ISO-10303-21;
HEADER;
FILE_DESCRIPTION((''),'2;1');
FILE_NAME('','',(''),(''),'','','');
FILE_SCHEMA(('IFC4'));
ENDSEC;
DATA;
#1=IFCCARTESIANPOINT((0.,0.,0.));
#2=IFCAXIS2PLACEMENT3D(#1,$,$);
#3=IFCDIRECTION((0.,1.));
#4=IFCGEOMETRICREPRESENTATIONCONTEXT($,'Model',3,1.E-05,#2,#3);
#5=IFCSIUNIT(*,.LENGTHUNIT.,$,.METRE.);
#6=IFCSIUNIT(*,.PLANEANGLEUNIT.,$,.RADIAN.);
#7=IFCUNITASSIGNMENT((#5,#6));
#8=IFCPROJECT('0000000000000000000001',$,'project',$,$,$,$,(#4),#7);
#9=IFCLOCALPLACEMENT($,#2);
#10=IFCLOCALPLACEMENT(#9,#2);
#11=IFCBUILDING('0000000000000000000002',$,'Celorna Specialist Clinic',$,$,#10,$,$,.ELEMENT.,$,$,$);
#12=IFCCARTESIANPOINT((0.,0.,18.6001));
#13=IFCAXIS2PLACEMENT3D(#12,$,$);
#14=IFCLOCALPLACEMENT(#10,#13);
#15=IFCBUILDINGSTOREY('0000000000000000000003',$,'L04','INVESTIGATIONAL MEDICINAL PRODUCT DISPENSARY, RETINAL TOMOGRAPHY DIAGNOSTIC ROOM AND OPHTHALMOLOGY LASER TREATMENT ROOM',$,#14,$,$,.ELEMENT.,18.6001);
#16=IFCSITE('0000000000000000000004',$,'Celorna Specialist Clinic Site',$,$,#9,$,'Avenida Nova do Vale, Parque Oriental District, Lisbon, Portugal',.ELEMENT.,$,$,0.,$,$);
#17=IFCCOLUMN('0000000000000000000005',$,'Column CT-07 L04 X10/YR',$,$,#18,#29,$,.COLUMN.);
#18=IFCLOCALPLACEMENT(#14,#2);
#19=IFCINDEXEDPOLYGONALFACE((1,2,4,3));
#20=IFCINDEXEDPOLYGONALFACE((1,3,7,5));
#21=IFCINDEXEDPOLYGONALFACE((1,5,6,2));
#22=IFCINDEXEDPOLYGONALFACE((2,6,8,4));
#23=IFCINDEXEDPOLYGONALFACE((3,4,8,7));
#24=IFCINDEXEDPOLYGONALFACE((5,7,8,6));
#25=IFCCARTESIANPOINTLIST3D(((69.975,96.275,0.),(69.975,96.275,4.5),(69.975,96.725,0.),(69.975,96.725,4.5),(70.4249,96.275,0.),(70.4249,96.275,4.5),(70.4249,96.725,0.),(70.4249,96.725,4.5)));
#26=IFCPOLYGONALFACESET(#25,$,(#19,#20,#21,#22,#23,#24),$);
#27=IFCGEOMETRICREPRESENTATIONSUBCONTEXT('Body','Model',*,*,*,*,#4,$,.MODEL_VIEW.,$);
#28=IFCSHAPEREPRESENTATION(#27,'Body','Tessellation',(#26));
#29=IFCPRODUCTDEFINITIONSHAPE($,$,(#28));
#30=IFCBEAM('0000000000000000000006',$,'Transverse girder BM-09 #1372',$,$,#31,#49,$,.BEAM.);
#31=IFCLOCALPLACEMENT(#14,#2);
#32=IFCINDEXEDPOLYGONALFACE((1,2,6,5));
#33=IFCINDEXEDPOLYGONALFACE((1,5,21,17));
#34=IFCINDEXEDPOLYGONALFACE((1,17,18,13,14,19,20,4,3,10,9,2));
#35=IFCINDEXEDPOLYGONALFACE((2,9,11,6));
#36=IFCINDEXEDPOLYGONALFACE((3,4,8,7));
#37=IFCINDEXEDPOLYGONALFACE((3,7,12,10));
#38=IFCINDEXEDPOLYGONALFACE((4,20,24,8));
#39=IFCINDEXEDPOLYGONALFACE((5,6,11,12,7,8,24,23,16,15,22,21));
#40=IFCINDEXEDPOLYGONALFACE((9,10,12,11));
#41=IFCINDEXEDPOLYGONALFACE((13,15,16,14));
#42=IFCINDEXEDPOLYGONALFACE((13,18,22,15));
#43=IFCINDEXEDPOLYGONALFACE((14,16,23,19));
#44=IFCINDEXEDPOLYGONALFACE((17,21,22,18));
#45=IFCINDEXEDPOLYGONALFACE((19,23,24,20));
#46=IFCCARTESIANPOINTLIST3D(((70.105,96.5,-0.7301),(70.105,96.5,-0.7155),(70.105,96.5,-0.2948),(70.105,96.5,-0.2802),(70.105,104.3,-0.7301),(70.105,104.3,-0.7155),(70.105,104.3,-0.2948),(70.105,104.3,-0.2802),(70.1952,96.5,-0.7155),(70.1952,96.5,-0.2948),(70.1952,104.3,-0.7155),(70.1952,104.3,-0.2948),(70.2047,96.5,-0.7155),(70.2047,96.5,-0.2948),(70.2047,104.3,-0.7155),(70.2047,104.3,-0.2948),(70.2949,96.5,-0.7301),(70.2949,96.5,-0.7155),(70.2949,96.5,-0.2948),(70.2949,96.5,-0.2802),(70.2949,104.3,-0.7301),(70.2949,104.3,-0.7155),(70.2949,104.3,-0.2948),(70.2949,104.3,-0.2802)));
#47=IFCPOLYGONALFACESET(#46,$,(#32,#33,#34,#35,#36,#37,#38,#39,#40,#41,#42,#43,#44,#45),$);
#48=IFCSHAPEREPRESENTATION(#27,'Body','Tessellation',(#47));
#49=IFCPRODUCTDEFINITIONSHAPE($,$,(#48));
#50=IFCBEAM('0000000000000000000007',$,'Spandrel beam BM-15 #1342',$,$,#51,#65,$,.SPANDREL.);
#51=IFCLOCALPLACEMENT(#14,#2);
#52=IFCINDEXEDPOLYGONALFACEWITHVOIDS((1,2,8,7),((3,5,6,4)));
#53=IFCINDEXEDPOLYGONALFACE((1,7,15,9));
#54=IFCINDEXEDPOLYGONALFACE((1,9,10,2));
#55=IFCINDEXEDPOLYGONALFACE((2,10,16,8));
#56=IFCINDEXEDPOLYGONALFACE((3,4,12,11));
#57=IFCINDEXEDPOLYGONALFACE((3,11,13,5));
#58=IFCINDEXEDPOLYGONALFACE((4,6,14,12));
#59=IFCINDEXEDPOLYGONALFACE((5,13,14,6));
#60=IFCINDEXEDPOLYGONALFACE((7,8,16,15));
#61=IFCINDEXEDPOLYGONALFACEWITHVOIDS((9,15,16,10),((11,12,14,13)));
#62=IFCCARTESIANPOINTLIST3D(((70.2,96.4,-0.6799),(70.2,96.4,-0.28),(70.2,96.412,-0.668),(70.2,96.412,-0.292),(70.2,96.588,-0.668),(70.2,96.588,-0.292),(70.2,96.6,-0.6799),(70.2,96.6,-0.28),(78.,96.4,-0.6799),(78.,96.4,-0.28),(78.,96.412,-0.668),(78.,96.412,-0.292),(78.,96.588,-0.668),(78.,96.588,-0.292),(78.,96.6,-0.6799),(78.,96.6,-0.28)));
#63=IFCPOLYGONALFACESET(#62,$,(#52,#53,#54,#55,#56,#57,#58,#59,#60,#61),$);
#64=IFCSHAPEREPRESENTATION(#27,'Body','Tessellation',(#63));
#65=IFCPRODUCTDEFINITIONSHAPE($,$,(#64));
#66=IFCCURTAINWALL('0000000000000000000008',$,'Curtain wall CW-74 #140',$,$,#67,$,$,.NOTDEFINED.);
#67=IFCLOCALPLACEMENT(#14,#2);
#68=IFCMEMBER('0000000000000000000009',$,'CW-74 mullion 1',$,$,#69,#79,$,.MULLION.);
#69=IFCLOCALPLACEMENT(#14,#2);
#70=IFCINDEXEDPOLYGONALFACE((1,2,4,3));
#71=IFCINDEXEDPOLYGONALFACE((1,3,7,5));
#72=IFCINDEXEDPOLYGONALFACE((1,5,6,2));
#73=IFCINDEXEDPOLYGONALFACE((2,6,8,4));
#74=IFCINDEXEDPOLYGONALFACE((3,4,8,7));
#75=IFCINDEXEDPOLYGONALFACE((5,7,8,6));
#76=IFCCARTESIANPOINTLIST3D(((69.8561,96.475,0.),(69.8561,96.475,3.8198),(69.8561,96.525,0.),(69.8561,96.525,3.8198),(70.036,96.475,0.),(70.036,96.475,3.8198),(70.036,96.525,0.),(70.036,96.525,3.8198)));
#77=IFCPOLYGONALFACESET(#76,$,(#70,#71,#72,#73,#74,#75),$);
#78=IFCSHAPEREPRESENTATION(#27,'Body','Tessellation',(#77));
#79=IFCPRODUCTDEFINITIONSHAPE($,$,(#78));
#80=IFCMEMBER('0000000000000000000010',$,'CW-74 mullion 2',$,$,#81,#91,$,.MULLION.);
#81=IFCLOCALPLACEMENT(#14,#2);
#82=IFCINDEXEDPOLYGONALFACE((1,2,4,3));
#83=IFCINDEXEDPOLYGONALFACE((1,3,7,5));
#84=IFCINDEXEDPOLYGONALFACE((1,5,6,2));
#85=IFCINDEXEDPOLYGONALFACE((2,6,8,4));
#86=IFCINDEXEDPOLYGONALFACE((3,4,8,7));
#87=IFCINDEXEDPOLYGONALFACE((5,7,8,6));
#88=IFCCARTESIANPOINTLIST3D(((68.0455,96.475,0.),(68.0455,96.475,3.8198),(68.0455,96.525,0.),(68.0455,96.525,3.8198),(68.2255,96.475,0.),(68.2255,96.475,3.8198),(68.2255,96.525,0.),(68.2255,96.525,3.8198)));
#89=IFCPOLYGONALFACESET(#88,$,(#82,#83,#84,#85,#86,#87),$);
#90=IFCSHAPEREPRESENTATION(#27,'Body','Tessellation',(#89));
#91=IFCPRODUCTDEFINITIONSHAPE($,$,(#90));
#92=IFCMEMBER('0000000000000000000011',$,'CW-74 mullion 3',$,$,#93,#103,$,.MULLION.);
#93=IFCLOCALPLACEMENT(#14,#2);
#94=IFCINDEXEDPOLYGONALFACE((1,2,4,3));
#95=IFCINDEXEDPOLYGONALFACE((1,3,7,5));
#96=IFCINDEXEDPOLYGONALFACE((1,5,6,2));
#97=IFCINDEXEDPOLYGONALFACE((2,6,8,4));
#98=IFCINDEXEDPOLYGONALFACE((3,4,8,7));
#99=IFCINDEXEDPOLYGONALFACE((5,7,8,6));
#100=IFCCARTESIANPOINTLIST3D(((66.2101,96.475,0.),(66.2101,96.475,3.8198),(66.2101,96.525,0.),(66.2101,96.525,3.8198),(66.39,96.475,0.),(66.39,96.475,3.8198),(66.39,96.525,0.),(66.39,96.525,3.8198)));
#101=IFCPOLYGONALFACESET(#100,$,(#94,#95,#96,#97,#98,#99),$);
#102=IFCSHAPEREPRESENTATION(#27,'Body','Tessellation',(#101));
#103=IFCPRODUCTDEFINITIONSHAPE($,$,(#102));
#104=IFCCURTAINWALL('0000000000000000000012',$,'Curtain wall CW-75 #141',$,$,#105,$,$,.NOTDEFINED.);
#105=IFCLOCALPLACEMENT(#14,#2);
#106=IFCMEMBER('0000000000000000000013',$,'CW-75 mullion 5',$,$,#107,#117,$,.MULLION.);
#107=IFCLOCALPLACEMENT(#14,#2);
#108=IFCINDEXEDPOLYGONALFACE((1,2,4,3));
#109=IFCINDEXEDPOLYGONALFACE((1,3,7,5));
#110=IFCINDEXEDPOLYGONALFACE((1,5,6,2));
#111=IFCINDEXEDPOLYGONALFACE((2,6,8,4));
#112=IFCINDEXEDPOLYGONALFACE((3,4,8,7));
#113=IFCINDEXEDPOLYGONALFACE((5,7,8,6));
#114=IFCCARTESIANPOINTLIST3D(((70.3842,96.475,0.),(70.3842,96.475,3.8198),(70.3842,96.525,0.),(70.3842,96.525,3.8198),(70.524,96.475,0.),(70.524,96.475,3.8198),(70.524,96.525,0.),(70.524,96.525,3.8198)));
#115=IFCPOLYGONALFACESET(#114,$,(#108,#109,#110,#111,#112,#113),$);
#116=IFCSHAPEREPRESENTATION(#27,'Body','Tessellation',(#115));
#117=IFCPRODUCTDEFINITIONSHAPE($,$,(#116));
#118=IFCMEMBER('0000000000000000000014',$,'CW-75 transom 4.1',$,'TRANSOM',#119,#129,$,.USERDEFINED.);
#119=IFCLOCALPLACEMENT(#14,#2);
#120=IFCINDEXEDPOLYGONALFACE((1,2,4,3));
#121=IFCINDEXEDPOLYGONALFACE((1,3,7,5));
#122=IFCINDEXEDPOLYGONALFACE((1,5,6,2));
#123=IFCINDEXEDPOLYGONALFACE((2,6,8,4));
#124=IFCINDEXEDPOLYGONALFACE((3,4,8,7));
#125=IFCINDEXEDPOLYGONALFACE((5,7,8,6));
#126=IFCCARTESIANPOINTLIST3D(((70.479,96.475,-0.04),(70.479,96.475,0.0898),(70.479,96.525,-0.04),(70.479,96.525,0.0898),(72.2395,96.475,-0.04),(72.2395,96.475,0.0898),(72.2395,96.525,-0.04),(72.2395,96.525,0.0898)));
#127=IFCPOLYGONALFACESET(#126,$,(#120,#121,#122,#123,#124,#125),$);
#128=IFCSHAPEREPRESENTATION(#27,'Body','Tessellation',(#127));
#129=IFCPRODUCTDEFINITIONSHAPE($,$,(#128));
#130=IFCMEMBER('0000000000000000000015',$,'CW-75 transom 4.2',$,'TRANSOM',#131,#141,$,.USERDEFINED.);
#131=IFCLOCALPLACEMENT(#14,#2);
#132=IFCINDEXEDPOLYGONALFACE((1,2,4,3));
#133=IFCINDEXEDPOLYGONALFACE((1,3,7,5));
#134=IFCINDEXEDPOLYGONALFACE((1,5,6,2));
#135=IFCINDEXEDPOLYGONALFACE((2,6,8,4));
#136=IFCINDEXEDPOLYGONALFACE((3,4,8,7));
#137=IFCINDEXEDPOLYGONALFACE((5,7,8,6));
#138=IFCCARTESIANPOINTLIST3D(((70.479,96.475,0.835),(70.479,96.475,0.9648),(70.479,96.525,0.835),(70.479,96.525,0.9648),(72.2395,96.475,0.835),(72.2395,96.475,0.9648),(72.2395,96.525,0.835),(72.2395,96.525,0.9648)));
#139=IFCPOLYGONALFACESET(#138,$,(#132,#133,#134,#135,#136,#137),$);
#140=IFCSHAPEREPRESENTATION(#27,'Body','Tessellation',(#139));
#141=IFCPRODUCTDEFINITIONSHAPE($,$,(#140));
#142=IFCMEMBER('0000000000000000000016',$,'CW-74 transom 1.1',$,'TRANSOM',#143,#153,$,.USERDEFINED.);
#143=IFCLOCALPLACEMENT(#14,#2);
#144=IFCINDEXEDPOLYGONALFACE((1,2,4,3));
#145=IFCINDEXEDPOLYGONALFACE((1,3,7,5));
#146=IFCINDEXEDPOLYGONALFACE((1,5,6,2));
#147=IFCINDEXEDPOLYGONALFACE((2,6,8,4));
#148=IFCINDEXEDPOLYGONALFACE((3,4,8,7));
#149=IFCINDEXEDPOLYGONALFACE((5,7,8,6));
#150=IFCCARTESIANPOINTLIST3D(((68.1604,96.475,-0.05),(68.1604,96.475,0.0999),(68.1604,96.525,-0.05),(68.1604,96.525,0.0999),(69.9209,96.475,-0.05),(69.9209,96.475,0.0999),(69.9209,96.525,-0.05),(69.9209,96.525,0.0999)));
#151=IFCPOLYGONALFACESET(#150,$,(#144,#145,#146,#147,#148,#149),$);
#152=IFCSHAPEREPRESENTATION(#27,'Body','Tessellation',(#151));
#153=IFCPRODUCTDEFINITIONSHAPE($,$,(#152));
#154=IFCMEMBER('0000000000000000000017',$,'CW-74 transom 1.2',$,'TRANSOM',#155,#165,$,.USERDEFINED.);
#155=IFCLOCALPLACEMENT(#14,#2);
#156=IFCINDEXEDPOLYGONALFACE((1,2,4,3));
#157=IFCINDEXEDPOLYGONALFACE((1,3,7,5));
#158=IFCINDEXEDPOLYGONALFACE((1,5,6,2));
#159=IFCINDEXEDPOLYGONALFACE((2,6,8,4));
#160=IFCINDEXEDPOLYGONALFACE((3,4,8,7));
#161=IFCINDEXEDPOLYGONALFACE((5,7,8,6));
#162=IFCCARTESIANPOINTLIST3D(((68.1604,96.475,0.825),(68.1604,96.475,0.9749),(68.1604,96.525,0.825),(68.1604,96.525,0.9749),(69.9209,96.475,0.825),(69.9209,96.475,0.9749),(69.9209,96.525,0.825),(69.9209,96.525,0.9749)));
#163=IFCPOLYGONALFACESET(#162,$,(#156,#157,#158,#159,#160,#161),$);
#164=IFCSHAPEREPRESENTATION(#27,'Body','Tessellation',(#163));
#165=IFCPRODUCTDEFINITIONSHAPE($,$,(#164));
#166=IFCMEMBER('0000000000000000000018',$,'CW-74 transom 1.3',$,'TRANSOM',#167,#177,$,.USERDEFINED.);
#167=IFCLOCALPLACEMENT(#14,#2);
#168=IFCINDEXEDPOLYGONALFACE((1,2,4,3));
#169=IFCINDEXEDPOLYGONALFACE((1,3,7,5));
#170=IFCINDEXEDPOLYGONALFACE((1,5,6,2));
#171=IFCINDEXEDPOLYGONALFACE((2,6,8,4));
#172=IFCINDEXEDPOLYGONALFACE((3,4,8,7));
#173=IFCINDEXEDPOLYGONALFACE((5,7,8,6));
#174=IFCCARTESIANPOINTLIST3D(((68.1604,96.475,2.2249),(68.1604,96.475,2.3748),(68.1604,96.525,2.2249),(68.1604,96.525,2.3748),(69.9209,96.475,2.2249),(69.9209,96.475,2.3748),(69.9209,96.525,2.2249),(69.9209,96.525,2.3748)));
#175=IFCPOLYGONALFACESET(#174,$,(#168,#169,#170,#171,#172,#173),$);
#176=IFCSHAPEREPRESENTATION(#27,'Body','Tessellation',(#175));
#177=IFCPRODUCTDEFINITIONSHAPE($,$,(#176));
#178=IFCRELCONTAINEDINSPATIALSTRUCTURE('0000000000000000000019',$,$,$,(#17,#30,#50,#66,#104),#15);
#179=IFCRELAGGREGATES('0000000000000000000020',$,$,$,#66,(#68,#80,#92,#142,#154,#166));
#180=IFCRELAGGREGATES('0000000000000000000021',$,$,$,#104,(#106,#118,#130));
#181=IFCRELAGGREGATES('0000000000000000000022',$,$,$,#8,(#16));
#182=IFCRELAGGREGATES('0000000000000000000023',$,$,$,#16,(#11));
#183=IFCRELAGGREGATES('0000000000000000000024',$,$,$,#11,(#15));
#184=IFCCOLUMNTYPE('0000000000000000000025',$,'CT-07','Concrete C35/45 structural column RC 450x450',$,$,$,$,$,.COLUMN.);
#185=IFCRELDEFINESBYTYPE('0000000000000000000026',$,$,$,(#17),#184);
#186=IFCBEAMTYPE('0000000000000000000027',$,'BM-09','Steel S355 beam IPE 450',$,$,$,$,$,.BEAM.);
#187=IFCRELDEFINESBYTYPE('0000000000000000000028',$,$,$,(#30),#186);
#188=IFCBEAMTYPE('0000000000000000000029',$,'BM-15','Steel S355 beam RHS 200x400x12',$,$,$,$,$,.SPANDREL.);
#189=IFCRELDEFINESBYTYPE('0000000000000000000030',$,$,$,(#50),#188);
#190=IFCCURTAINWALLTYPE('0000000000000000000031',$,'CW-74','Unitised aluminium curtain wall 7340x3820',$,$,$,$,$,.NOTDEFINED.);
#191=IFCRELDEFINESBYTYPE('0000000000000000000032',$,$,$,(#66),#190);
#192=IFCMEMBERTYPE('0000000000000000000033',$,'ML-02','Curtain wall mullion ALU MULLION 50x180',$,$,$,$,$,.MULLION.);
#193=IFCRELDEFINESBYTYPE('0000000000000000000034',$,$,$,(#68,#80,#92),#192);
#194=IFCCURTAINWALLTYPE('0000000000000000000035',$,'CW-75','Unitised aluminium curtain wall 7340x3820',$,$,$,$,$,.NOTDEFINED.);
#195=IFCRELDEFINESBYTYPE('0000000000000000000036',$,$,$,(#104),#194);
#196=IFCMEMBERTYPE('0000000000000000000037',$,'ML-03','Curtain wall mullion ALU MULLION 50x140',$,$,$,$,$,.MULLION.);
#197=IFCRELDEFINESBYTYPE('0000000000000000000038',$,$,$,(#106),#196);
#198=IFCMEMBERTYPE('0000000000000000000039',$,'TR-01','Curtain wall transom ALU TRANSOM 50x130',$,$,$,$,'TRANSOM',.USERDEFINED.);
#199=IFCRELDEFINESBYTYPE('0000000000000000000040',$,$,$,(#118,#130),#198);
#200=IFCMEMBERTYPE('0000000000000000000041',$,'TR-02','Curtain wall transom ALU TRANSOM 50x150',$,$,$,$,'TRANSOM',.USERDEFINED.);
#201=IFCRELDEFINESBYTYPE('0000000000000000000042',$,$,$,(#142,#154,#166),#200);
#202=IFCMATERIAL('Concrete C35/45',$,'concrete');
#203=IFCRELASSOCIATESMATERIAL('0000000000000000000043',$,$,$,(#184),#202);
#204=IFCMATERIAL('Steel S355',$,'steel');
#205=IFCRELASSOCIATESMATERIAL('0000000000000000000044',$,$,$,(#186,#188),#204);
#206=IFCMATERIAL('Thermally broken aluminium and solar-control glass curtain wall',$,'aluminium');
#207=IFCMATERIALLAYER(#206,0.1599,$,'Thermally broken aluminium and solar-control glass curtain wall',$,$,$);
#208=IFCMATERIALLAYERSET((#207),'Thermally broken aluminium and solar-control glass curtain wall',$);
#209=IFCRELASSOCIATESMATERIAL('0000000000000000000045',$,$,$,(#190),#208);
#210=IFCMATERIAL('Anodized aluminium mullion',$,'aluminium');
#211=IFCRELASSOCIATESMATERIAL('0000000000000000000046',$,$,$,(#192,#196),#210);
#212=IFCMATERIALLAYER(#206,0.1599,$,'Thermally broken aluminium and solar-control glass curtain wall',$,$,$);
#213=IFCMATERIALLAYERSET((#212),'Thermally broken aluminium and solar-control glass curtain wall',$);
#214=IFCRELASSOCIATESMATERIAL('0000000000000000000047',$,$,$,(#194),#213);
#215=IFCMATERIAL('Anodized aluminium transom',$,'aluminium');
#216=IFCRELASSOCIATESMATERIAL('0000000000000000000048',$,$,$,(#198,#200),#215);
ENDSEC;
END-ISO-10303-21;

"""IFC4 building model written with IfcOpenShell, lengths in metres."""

from ifc_helpers import new_model, si_unit, direction, frame, origin, origin_2d, place, context, subcontext, project, spatial, rectangle, hollow_rectangle, i_section, extrude, material, layer, layer_set, material_profile, profile_set, type_object, element, aggregate, save


model = new_model("IFC4")

# Units and contexts
model_context = context("Model", 3, precision=1e-05, world=origin(), true_north=direction((0.0, 1.0)))
body_context = subcontext(model_context, "Body", "Model", "MODEL_VIEW")
ifc_project = project(units=[si_unit("LENGTHUNIT", "METRE"), si_unit("PLANEANGLEUNIT", "RADIAN")], contexts=[model_context])

# Site, building, storey
site_placement = place(None, origin())
site = spatial("IfcSite", under=ifc_project, at=site_placement, Name="Celorna Specialist Clinic Site", LongName="Avenida Nova do Vale, Parque Oriental District, Lisbon, Portugal", CompositionType="ELEMENT", RefElevation=0.0)
building_placement = place(site_placement, origin())
building = spatial("IfcBuilding", under=site, at=building_placement, Name="Celorna Specialist Clinic", CompositionType="ELEMENT")
storey_placement = place(building_placement, frame((0.0, 0.0, 18.6001)))
storey = spatial("IfcBuildingStorey", under=building, at=storey_placement, Name="L04", Description="INVESTIGATIONAL MEDICINAL PRODUCT DISPENSARY, RETINAL TOMOGRAPHY DIAGNOSTIC ROOM AND OPHTHALMOLOGY LASER TREATMENT ROOM", CompositionType="ELEMENT", Elevation=18.6001)

# Column
ifc_material_1 = material(Name="Concrete C35/45", Category="concrete")
ifc_material_profile_1 = material_profile(ifc_material_1, rectangle(XDim=0.45, YDim=0.45, at=origin_2d()), Name="RC 450x450")
ifc_profile_set_1 = profile_set([ifc_material_profile_1], Name="Concrete C35/45")
column_type = type_object("IfcColumnType", Name="CT-07", Description="Concrete C35/45 structural column RC 450x450", PredefinedType="COLUMN", material=ifc_profile_set_1)
column_placement = place(storey_placement, frame((70.2, 96.5, 0.0), z_axis=(0.0, 0.0, 1.0), x_axis=(1.0, 0.0, 0.0)))
element("IfcColumn", 1, at=column_placement, inside=storey, type_object=column_type, Name="Column CT-07 L04 X10/YR", PredefinedType="COLUMN", context=body_context, shape_type="SweptSolid", body=[
    extrude(rectangle(XDim=0.45, YDim=0.45, at=origin_2d()), origin(), (0.0, 0.0, 1.0), 4.5),
])

# Beams
ifc_material_2 = material(Name="Steel S355", Category="steel")
ifc_material_profile_2 = material_profile(ifc_material_2, i_section(OverallWidth=0.1899, OverallDepth=0.45, WebThickness=0.0095, FlangeThickness=0.0146, at=origin_2d()), Name="IPE 450")
ifc_profile_set_2 = profile_set([ifc_material_profile_2], Name="Steel S355")
beam_type_1 = type_object("IfcBeamType", Name="BM-09", Description="Steel S355 beam IPE 450", PredefinedType="BEAM", material=ifc_profile_set_2)
beam_1_placement = place(storey_placement, frame((70.2, 96.5, -0.5051), z_axis=(0.0, 1.0, 0.0), x_axis=(-1.0, 0.0, 0.0)))
element("IfcBeam", 2, at=beam_1_placement, inside=storey, type_object=beam_type_1, Name="Transverse girder BM-09 #1372", PredefinedType="BEAM", context=body_context, shape_type="SweptSolid", body=[
    extrude(i_section(OverallWidth=0.1899, OverallDepth=0.45, WebThickness=0.0095, FlangeThickness=0.0146, at=origin_2d()), origin(), (0.0, 0.0, 1.0), 7.8),
])
ifc_material_profile_3 = material_profile(ifc_material_2, hollow_rectangle(XDim=0.2, YDim=0.3999, WallThickness=0.012, at=origin_2d()), Name="RHS 200x400x12")
ifc_profile_set_3 = profile_set([ifc_material_profile_3], Name="Steel S355")
beam_type_2 = type_object("IfcBeamType", Name="BM-15", Description="Steel S355 beam RHS 200x400x12", PredefinedType="SPANDREL", material=ifc_profile_set_3)
beam_2_placement = place(storey_placement, frame((70.2, 96.5, -0.48), z_axis=(1.0, 0.0, 0.0), x_axis=(0.0, 1.0, 0.0)))
element("IfcBeam", 3, at=beam_2_placement, inside=storey, type_object=beam_type_2, Name="Spandrel beam BM-15 #1342", PredefinedType="SPANDREL", context=body_context, shape_type="SweptSolid", body=[
    extrude(hollow_rectangle(XDim=0.2, YDim=0.3999, WallThickness=0.012, at=origin_2d()), origin(), (0.0, 0.0, 1.0), 7.8),
])

# Curtain walls, members
ifc_material_3 = material(Name="Thermally broken aluminium and solar-control glass curtain wall", Category="aluminium")
ifc_layer_1 = layer(ifc_material_3, 0.1599, Name="Thermally broken aluminium and solar-control glass curtain wall")
ifc_layer_set_1 = layer_set([ifc_layer_1], Name="Thermally broken aluminium and solar-control glass curtain wall")
curtain_wall_type_1 = type_object("IfcCurtainWallType", Name="CW-74", Description="Unitised aluminium curtain wall 7340x3820", PredefinedType="NOTDEFINED", material=ifc_layer_set_1)
curtain_wall_1_placement = place(storey_placement, origin())
curtain_wall_1 = element("IfcCurtainWall", 4, at=curtain_wall_1_placement, inside=storey, type_object=curtain_wall_type_1, Name="Curtain wall CW-74 #140", PredefinedType="NOTDEFINED")
ifc_material_4 = material(Name="Anodized aluminium mullion", Category="aluminium")
ifc_material_profile_4 = material_profile(ifc_material_4, rectangle(XDim=0.05, YDim=0.1799, at=origin_2d()), Name="ALU MULLION 50x180")
ifc_profile_set_4 = profile_set([ifc_material_profile_4], Name="Anodized aluminium mullion")
member_type_1 = type_object("IfcMemberType", Name="ML-02", Description="Curtain wall mullion ALU MULLION 50x180", PredefinedType="MULLION", material=ifc_profile_set_4)
member_1_placement = place(storey_placement, frame((69.946, 96.5, 0.0), z_axis=(0.0, 0.0, 1.0), x_axis=(0.0, -1.0, 0.0)))
member_1 = element("IfcMember", 5, at=member_1_placement, type_object=member_type_1, Name="CW-74 mullion 1", PredefinedType="MULLION", context=body_context, shape_type="SweptSolid", body=[
    extrude(rectangle(XDim=0.05, YDim=0.1799, at=origin_2d()), origin(), (0.0, 0.0, 1.0), 3.8198),
])
member_2_placement = place(storey_placement, frame((68.1355, 96.5, 0.0), z_axis=(0.0, 0.0, 1.0), x_axis=(0.0, -1.0, 0.0)))
member_2 = element("IfcMember", 6, at=member_2_placement, type_object=member_type_1, Name="CW-74 mullion 2", PredefinedType="MULLION", context=body_context, shape_type="SweptSolid", body=[
    extrude(rectangle(XDim=0.05, YDim=0.1799, at=origin_2d()), origin(), (0.0, 0.0, 1.0), 3.8198),
])
member_3_placement = place(storey_placement, frame((66.3, 96.5, 0.0), z_axis=(0.0, 0.0, 1.0), x_axis=(0.0, -1.0, 0.0)))
member_3 = element("IfcMember", 7, at=member_3_placement, type_object=member_type_1, Name="CW-74 mullion 3", PredefinedType="MULLION", context=body_context, shape_type="SweptSolid", body=[
    extrude(rectangle(XDim=0.05, YDim=0.1799, at=origin_2d()), origin(), (0.0, 0.0, 1.0), 3.8198),
])
ifc_layer_2 = layer(ifc_material_3, 0.1599, Name="Thermally broken aluminium and solar-control glass curtain wall")
ifc_layer_set_2 = layer_set([ifc_layer_2], Name="Thermally broken aluminium and solar-control glass curtain wall")
curtain_wall_type_2 = type_object("IfcCurtainWallType", Name="CW-75", Description="Unitised aluminium curtain wall 7340x3820", PredefinedType="NOTDEFINED", material=ifc_layer_set_2)
curtain_wall_2_placement = place(storey_placement, origin())
curtain_wall_2 = element("IfcCurtainWall", 8, at=curtain_wall_2_placement, inside=storey, type_object=curtain_wall_type_2, Name="Curtain wall CW-75 #141", PredefinedType="NOTDEFINED")
ifc_material_profile_5 = material_profile(ifc_material_4, rectangle(XDim=0.05, YDim=0.1399, at=origin_2d()), Name="ALU MULLION 50x140")
ifc_profile_set_5 = profile_set([ifc_material_profile_5], Name="Anodized aluminium mullion")
member_type_2 = type_object("IfcMemberType", Name="ML-03", Description="Curtain wall mullion ALU MULLION 50x140", PredefinedType="MULLION", material=ifc_profile_set_5)
member_4_placement = place(storey_placement, frame((70.4541, 96.5, 0.0), z_axis=(0.0, 0.0, 1.0), x_axis=(0.0, -1.0, 0.0)))
member_4 = element("IfcMember", 9, at=member_4_placement, type_object=member_type_2, Name="CW-75 mullion 5", PredefinedType="MULLION", context=body_context, shape_type="SweptSolid", body=[
    extrude(rectangle(XDim=0.05, YDim=0.1399, at=origin_2d()), origin(), (0.0, 0.0, 1.0), 3.8198),
])
ifc_material_5 = material(Name="Anodized aluminium transom", Category="aluminium")
ifc_material_profile_6 = material_profile(ifc_material_5, rectangle(XDim=0.05, YDim=0.1299, at=origin_2d()), Name="ALU TRANSOM 50x130")
ifc_profile_set_6 = profile_set([ifc_material_profile_6], Name="Anodized aluminium transom")
member_type_3 = type_object("IfcMemberType", Name="TR-01", Description="Curtain wall transom ALU TRANSOM 50x130", ElementType="TRANSOM", PredefinedType="USERDEFINED", material=ifc_profile_set_6)
member_5_placement = place(storey_placement, frame((72.2395, 96.5, 0.0249), z_axis=(-1.0, 0.0, 0.0), x_axis=(0.0, -1.0, 0.0)))
member_5 = element("IfcMember", 10, at=member_5_placement, type_object=member_type_3, Name="CW-75 transom 4.1", ObjectType="TRANSOM", PredefinedType="USERDEFINED", context=body_context, shape_type="SweptSolid", body=[
    extrude(rectangle(XDim=0.05, YDim=0.1299, at=origin_2d()), origin(), (0.0, 0.0, 1.0), 1.7605),
])
member_6_placement = place(storey_placement, frame((72.2395, 96.5, 0.8999), z_axis=(-1.0, 0.0, 0.0), x_axis=(0.0, -1.0, 0.0)))
member_6 = element("IfcMember", 11, at=member_6_placement, type_object=member_type_3, Name="CW-75 transom 4.2", ObjectType="TRANSOM", PredefinedType="USERDEFINED", context=body_context, shape_type="SweptSolid", body=[
    extrude(rectangle(XDim=0.05, YDim=0.1299, at=origin_2d()), origin(), (0.0, 0.0, 1.0), 1.7605),
])

# Members
ifc_material_profile_7 = material_profile(ifc_material_5, rectangle(XDim=0.05, YDim=0.1499, at=origin_2d()), Name="ALU TRANSOM 50x150")
ifc_profile_set_7 = profile_set([ifc_material_profile_7], Name="Anodized aluminium transom")
member_type_4 = type_object("IfcMemberType", Name="TR-02", Description="Curtain wall transom ALU TRANSOM 50x150", ElementType="TRANSOM", PredefinedType="USERDEFINED", material=ifc_profile_set_7)
member_7_placement = place(storey_placement, frame((69.9209, 96.5, 0.0249), z_axis=(-1.0, 0.0, 0.0), x_axis=(0.0, -1.0, 0.0)))
member_7 = element("IfcMember", 12, at=member_7_placement, type_object=member_type_4, Name="CW-74 transom 1.1", ObjectType="TRANSOM", PredefinedType="USERDEFINED", context=body_context, shape_type="SweptSolid", body=[
    extrude(rectangle(XDim=0.05, YDim=0.1499, at=origin_2d()), origin(), (0.0, 0.0, 1.0), 1.7605),
])
member_8_placement = place(storey_placement, frame((69.9209, 96.5, 0.8999), z_axis=(-1.0, 0.0, 0.0), x_axis=(0.0, -1.0, 0.0)))
member_8 = element("IfcMember", 13, at=member_8_placement, type_object=member_type_4, Name="CW-74 transom 1.2", ObjectType="TRANSOM", PredefinedType="USERDEFINED", context=body_context, shape_type="SweptSolid", body=[
    extrude(rectangle(XDim=0.05, YDim=0.1499, at=origin_2d()), origin(), (0.0, 0.0, 1.0), 1.7605),
])
member_9_placement = place(storey_placement, frame((69.9209, 96.5, 2.2998), z_axis=(-1.0, 0.0, 0.0), x_axis=(0.0, -1.0, 0.0)))
member_9 = element("IfcMember", 14, at=member_9_placement, type_object=member_type_4, Name="CW-74 transom 1.3", ObjectType="TRANSOM", PredefinedType="USERDEFINED", context=body_context, shape_type="SweptSolid", body=[
    extrude(rectangle(XDim=0.05, YDim=0.1499, at=origin_2d()), origin(), (0.0, 0.0, 1.0), 1.7605),
])

aggregate(curtain_wall_1, [member_1, member_2, member_3, member_7, member_8, member_9])
aggregate(curtain_wall_2, [member_4, member_5, member_6])

save(model, "model.ifc")
